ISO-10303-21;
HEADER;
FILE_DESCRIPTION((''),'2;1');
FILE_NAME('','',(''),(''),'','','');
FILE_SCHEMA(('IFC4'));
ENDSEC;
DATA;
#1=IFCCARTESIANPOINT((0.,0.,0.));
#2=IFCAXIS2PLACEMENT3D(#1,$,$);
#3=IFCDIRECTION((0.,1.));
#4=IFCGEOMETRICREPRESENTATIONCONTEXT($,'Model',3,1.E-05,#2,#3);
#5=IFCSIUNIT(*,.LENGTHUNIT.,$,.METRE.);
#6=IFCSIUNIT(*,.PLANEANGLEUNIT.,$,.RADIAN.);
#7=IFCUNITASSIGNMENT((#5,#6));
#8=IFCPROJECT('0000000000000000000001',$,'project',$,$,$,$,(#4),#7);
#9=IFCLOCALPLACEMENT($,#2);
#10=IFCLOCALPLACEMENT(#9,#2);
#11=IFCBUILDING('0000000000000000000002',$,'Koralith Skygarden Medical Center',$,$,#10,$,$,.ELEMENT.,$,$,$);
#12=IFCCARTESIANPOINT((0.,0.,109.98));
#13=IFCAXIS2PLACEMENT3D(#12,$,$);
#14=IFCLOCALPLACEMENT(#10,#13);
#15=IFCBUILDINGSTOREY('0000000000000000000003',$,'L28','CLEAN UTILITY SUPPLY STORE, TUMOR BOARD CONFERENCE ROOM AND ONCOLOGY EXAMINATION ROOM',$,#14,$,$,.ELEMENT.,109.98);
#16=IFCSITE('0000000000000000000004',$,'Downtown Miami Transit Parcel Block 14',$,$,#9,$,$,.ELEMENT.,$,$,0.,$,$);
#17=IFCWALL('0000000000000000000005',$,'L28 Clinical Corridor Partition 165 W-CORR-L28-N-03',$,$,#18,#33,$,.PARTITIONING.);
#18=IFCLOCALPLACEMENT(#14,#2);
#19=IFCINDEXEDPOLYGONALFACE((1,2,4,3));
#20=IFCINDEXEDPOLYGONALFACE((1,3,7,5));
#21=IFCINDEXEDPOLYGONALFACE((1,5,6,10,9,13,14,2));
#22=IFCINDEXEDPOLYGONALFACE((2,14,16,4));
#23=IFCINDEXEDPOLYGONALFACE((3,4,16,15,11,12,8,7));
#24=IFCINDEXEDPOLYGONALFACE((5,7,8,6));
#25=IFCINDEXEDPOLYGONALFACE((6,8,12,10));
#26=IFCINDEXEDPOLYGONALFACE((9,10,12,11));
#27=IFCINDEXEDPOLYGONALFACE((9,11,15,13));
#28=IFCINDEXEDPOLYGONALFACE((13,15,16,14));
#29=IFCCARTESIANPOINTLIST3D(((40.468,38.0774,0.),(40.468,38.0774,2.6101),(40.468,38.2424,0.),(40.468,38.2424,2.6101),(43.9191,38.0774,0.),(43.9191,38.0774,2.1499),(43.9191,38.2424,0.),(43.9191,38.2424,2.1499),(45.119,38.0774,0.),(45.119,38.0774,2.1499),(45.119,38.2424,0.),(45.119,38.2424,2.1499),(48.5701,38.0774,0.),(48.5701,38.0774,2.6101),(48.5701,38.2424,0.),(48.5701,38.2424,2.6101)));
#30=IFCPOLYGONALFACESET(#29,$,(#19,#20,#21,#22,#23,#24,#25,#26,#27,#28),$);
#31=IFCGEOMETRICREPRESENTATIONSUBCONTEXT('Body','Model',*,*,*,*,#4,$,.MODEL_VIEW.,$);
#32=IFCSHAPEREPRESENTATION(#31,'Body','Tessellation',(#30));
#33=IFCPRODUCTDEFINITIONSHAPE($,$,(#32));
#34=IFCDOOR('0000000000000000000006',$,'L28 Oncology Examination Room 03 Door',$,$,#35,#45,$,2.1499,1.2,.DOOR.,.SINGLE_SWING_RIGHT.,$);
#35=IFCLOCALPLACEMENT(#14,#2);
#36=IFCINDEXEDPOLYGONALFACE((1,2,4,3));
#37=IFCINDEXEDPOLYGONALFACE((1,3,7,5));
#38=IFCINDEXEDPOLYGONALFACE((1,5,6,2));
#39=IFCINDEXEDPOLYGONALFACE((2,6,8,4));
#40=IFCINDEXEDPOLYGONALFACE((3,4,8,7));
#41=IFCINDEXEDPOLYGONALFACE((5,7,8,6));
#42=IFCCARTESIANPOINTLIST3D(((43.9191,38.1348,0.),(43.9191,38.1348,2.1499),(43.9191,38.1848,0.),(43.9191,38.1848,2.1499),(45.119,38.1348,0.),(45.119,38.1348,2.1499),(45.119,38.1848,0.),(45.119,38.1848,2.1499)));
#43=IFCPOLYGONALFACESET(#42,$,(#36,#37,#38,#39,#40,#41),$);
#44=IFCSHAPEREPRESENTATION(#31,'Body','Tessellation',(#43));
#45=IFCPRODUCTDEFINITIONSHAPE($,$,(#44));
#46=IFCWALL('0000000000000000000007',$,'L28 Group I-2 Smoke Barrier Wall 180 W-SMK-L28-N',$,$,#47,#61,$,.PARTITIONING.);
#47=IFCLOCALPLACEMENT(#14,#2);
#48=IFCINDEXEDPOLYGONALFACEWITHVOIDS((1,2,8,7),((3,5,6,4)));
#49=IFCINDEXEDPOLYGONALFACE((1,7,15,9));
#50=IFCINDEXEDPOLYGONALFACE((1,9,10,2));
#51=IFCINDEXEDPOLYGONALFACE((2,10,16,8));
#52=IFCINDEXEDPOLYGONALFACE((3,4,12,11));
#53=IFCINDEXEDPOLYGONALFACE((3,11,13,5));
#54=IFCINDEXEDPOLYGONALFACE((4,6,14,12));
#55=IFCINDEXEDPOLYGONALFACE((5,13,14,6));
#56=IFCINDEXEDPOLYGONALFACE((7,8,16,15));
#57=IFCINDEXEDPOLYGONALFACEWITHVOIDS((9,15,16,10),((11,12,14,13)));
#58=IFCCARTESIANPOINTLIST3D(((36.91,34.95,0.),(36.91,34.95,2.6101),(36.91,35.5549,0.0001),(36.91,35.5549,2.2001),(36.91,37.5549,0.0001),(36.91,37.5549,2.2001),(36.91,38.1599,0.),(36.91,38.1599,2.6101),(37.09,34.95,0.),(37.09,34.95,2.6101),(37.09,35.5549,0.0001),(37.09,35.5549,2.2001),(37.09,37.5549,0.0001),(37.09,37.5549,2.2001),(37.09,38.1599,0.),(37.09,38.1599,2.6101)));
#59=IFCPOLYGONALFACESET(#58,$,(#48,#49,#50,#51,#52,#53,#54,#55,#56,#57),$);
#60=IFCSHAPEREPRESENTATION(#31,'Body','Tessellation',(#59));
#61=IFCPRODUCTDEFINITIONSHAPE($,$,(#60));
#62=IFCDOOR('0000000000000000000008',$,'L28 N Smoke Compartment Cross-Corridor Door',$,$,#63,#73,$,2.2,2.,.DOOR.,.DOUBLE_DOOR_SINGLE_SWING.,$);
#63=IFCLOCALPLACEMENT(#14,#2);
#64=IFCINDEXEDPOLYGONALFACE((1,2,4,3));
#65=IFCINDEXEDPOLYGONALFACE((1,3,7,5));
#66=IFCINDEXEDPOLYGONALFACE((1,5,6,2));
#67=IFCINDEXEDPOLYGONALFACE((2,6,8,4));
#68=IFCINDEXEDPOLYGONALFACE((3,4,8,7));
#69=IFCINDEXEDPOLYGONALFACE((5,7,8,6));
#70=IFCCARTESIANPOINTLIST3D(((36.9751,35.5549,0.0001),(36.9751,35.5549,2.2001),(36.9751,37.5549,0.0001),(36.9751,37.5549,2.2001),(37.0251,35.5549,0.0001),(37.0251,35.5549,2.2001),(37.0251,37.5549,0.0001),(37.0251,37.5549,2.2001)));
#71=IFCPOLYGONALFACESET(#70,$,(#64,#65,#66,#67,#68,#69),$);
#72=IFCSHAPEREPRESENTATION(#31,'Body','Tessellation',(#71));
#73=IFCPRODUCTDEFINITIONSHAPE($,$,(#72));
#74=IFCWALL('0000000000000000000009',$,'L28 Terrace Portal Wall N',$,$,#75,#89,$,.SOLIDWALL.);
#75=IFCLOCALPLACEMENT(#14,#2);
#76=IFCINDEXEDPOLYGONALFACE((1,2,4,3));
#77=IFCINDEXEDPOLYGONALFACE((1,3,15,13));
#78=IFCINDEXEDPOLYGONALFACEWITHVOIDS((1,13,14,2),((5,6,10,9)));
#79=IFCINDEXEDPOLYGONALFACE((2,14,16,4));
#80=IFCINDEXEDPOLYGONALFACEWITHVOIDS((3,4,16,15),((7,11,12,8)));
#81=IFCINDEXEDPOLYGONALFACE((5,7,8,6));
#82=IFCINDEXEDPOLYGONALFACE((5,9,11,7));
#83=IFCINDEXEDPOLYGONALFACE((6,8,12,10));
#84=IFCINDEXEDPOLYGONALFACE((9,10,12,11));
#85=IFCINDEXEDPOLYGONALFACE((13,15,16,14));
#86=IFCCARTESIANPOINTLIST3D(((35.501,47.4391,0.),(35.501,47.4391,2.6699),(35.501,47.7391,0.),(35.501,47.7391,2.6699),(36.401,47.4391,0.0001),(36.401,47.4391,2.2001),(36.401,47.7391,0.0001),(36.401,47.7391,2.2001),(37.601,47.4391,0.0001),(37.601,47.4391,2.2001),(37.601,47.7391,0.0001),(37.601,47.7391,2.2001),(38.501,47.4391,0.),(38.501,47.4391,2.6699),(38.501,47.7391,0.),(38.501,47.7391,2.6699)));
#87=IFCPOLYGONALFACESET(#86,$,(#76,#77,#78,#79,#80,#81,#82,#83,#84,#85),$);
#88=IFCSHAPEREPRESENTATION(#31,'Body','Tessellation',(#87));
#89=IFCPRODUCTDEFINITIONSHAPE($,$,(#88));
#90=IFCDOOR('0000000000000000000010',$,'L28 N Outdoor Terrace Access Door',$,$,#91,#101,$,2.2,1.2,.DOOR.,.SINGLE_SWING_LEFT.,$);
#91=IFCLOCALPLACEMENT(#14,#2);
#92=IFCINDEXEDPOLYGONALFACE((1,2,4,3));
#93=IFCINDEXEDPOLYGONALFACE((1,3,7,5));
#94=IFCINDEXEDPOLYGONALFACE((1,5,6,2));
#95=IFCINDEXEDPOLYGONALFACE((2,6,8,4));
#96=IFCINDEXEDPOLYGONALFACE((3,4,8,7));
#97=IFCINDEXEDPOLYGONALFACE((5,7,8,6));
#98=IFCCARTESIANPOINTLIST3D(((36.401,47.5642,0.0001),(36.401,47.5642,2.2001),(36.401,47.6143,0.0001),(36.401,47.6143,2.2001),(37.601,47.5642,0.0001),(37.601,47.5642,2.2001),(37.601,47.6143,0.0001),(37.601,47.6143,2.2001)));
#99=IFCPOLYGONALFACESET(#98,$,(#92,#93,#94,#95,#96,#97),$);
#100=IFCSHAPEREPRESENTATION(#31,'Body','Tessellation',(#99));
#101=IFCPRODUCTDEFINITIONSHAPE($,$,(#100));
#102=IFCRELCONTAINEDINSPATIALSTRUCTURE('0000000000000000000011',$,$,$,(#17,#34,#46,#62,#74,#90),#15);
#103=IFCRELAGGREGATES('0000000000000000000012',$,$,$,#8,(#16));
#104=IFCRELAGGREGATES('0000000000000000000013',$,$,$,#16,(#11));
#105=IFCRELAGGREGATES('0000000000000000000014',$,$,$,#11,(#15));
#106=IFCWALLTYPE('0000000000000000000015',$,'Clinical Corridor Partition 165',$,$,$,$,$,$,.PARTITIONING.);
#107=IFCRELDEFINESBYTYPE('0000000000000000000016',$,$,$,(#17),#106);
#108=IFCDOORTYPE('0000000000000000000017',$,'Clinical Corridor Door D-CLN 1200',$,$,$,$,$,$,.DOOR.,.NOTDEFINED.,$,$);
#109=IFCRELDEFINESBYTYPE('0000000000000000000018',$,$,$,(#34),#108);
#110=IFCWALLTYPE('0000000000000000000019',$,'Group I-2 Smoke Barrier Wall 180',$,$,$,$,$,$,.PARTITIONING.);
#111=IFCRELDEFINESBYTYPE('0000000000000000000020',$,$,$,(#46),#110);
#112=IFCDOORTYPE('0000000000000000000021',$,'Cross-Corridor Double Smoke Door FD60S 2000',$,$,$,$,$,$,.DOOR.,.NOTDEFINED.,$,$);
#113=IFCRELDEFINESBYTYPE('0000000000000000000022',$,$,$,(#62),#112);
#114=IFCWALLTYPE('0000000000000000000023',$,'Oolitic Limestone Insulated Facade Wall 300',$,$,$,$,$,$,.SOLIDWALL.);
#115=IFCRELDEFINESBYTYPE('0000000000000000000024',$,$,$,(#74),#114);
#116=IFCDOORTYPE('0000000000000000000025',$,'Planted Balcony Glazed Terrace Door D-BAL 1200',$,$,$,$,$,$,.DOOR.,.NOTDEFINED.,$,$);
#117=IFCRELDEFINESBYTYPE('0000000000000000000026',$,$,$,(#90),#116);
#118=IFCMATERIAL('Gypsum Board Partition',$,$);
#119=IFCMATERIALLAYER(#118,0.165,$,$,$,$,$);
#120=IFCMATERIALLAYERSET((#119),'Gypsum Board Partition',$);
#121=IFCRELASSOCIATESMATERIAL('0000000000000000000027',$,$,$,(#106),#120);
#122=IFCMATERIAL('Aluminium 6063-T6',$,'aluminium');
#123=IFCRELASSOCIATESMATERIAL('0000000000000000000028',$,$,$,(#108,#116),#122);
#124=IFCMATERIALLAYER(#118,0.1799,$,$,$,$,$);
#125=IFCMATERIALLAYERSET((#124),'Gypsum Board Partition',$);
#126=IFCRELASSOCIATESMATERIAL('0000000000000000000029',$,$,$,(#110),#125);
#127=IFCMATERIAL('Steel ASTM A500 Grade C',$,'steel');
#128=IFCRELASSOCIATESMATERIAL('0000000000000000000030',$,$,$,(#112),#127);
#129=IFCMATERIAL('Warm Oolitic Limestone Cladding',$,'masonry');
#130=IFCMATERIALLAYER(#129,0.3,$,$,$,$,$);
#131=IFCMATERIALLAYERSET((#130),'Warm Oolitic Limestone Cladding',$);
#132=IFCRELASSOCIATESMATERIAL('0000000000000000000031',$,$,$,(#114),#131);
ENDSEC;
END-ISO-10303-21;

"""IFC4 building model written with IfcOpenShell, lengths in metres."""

from ifc_helpers import new_model, si_unit, direction, frame, frame_2d, origin, place, context, subcontext, project, spatial, rectangle, extrude, material, layer, layer_set, type_object, element, fill, save


model = new_model("IFC4")

# Units and contexts
model_context = context("Model", 3, precision=1e-05, world=origin(), true_north=direction((0.0, 1.0)))
body_context = subcontext(model_context, "Body", "Model", "MODEL_VIEW")
ifc_project = project(units=[si_unit("LENGTHUNIT", "METRE"), si_unit("PLANEANGLEUNIT", "RADIAN")], contexts=[model_context])

# Site, building, storey
site_placement = place(None, origin())
site = spatial("IfcSite", under=ifc_project, at=site_placement, Name="Downtown Miami Transit Parcel Block 14", CompositionType="ELEMENT", RefElevation=0.0)
building_placement = place(site_placement, origin())
building = spatial("IfcBuilding", under=site, at=building_placement, Name="Koralith Skygarden Medical Center", CompositionType="ELEMENT")
storey_placement = place(building_placement, frame((0.0, 0.0, 109.98)))
storey = spatial("IfcBuildingStorey", under=building, at=storey_placement, Name="L28", Description="CLEAN UTILITY SUPPLY STORE, TUMOR BOARD CONFERENCE ROOM AND ONCOLOGY EXAMINATION ROOM", CompositionType="ELEMENT", Elevation=109.98)

# Shared definitions
ifc_material_1 = material(Name="Aluminium 6063-T6", Category="aluminium")

# Shared definitions
ifc_material_2 = material(Name="Gypsum Board Partition")
ifc_layer_1 = layer(ifc_material_2, 0.165)
ifc_layer_set_1 = layer_set([ifc_layer_1], Name="Gypsum Board Partition")
wall_type_1 = type_object("IfcWallType", Name="Clinical Corridor Partition 165", PredefinedType="PARTITIONING", material=ifc_layer_set_1)

# Walls, openings, doors
wall_1_placement = place(storey_placement, frame((40.468, 38.1599, 0.0), z_axis=(0.0, 0.0, 1.0), x_axis=(1.0, 0.0, 0.0)))
wall_1 = element("IfcWall", 1, at=wall_1_placement, inside=storey, type_object=wall_type_1, Name="L28 Clinical Corridor Partition 165 W-CORR-L28-N-03", PredefinedType="PARTITIONING", context=body_context, shape_type="SweptSolid", body=[
    extrude(rectangle(XDim=8.1021, YDim=0.165, at=frame_2d((4.051, 0.0))), origin(), (0.0, 0.0, 1.0), 2.6101),
])
opening_1_placement = place(wall_1_placement, frame((3.4509, 0.0, 0.0)))
opening_1 = element("IfcOpeningElement", 2, at=opening_1_placement, cuts=wall_1, PredefinedType="OPENING", context=body_context, shape_type="SweptSolid", body=[
    extrude(rectangle(XDim=1.2, YDim=2.1499, at=frame_2d((0.6001, 1.075))), frame((0.0, 0.0925, 0.0), z_axis=(0.0, -1.0, 0.0), x_axis=(1.0, 0.0, 0.0)), (0.0, 0.0, 1.0), 0.1851),
])
door_type_1 = type_object("IfcDoorType", Name="Clinical Corridor Door D-CLN 1200", OperationType="NOTDEFINED", PredefinedType="DOOR", material=ifc_material_1)
door_1_placement = place(opening_1_placement, origin())
door_1 = element("IfcDoor", 3, at=door_1_placement, inside=storey, type_object=door_type_1, Name="L28 Oncology Examination Room 03 Door", OperationType="SINGLE_SWING_RIGHT", OverallHeight=2.1499, OverallWidth=1.2, PredefinedType="DOOR", context=body_context, shape_type="SweptSolid", body=[
    extrude(rectangle(XDim=1.2, YDim=2.1499, at=frame_2d((0.6001, 1.075))), frame((0.0, 0.0249, 0.0), z_axis=(0.0, -1.0, 0.0), x_axis=(1.0, 0.0, 0.0)), (0.0, 0.0, 1.0), 0.05),
])
fill(opening_1, door_1)
ifc_layer_2 = layer(ifc_material_2, 0.1799)
ifc_layer_set_2 = layer_set([ifc_layer_2], Name="Gypsum Board Partition")
wall_type_2 = type_object("IfcWallType", Name="Group I-2 Smoke Barrier Wall 180", PredefinedType="PARTITIONING", material=ifc_layer_set_2)
wall_2_placement = place(storey_placement, frame((37.0, 34.95, 0.0), z_axis=(0.0, 0.0, 1.0), x_axis=(0.0, 1.0, 0.0)))
wall_2 = element("IfcWall", 4, at=wall_2_placement, inside=storey, type_object=wall_type_2, Name="L28 Group I-2 Smoke Barrier Wall 180 W-SMK-L28-N", PredefinedType="PARTITIONING", context=body_context, shape_type="SweptSolid", body=[
    extrude(rectangle(XDim=3.21, YDim=0.1799, at=frame_2d((1.605, 0.0))), origin(), (0.0, 0.0, 1.0), 2.6101),
])
opening_2_placement = place(wall_2_placement, frame((0.605, 0.0, 0.0)))
opening_2 = element("IfcOpeningElement", 5, at=opening_2_placement, cuts=wall_2, PredefinedType="OPENING", context=body_context, shape_type="SweptSolid", body=[
    extrude(rectangle(XDim=2.0, YDim=2.2, at=frame_2d((1.0, 1.1001))), frame((0.0, 0.0999, 0.0), z_axis=(0.0, -1.0, 0.0), x_axis=(1.0, 0.0, 0.0)), (0.0, 0.0, 1.0), 0.2),
])
ifc_material_3 = material(Name="Steel ASTM A500 Grade C", Category="steel")
door_type_2 = type_object("IfcDoorType", Name="Cross-Corridor Double Smoke Door FD60S 2000", OperationType="NOTDEFINED", PredefinedType="DOOR", material=ifc_material_3)
door_2_placement = place(opening_2_placement, origin())
door_2 = element("IfcDoor", 6, at=door_2_placement, inside=storey, type_object=door_type_2, Name="L28 N Smoke Compartment Cross-Corridor Door", OperationType="DOUBLE_DOOR_SINGLE_SWING", OverallHeight=2.2, OverallWidth=2.0, PredefinedType="DOOR", context=body_context, shape_type="SweptSolid", body=[
    extrude(rectangle(XDim=2.0, YDim=2.2, at=frame_2d((1.0, 1.1001))), frame((0.0, 0.0249, 0.0), z_axis=(0.0, -1.0, 0.0), x_axis=(1.0, 0.0, 0.0)), (0.0, 0.0, 1.0), 0.05),
])
fill(opening_2, door_2)
ifc_material_4 = material(Name="Warm Oolitic Limestone Cladding", Category="masonry")
ifc_layer_3 = layer(ifc_material_4, 0.3)
ifc_layer_set_3 = layer_set([ifc_layer_3], Name="Warm Oolitic Limestone Cladding")
wall_type_3 = type_object("IfcWallType", Name="Oolitic Limestone Insulated Facade Wall 300", PredefinedType="SOLIDWALL", material=ifc_layer_set_3)
wall_3_placement = place(storey_placement, frame((38.501, 47.5891, 0.0), z_axis=(0.0, 0.0, 1.0), x_axis=(-1.0, 0.0, 0.0)))
wall_3 = element("IfcWall", 7, at=wall_3_placement, inside=storey, type_object=wall_type_3, Name="L28 Terrace Portal Wall N", PredefinedType="SOLIDWALL", context=body_context, shape_type="SweptSolid", body=[
    extrude(rectangle(XDim=3.0, YDim=0.3, at=frame_2d((1.5, 0.0))), origin(), (0.0, 0.0, 1.0), 2.6699),
])
opening_3_placement = place(wall_3_placement, frame((0.8999, 0.0, 0.0)))
opening_3 = element("IfcOpeningElement", 8, at=opening_3_placement, cuts=wall_3, PredefinedType="OPENING", context=body_context, shape_type="SweptSolid", body=[
    extrude(rectangle(XDim=1.2, YDim=2.2, at=frame_2d((0.6001, 1.1001))), frame((0.0, 0.1599, 0.0), z_axis=(0.0, -1.0, 0.0), x_axis=(1.0, 0.0, 0.0)), (0.0, 0.0, 1.0), 0.3201),
])
door_type_3 = type_object("IfcDoorType", Name="Planted Balcony Glazed Terrace Door D-BAL 1200", OperationType="NOTDEFINED", PredefinedType="DOOR", material=ifc_material_1)
door_3_placement = place(opening_3_placement, origin())
door_3 = element("IfcDoor", 9, at=door_3_placement, inside=storey, type_object=door_type_3, Name="L28 N Outdoor Terrace Access Door", OperationType="SINGLE_SWING_LEFT", OverallHeight=2.2, OverallWidth=1.2, PredefinedType="DOOR", context=body_context, shape_type="SweptSolid", body=[
    extrude(rectangle(XDim=1.2, YDim=2.2, at=frame_2d((0.6001, 1.1001))), frame((0.0, 0.0249, 0.0), z_axis=(0.0, -1.0, 0.0), x_axis=(1.0, 0.0, 0.0)), (0.0, 0.0, 1.0), 0.05),
])
fill(opening_3, door_3)

save(model, "model.ifc")
